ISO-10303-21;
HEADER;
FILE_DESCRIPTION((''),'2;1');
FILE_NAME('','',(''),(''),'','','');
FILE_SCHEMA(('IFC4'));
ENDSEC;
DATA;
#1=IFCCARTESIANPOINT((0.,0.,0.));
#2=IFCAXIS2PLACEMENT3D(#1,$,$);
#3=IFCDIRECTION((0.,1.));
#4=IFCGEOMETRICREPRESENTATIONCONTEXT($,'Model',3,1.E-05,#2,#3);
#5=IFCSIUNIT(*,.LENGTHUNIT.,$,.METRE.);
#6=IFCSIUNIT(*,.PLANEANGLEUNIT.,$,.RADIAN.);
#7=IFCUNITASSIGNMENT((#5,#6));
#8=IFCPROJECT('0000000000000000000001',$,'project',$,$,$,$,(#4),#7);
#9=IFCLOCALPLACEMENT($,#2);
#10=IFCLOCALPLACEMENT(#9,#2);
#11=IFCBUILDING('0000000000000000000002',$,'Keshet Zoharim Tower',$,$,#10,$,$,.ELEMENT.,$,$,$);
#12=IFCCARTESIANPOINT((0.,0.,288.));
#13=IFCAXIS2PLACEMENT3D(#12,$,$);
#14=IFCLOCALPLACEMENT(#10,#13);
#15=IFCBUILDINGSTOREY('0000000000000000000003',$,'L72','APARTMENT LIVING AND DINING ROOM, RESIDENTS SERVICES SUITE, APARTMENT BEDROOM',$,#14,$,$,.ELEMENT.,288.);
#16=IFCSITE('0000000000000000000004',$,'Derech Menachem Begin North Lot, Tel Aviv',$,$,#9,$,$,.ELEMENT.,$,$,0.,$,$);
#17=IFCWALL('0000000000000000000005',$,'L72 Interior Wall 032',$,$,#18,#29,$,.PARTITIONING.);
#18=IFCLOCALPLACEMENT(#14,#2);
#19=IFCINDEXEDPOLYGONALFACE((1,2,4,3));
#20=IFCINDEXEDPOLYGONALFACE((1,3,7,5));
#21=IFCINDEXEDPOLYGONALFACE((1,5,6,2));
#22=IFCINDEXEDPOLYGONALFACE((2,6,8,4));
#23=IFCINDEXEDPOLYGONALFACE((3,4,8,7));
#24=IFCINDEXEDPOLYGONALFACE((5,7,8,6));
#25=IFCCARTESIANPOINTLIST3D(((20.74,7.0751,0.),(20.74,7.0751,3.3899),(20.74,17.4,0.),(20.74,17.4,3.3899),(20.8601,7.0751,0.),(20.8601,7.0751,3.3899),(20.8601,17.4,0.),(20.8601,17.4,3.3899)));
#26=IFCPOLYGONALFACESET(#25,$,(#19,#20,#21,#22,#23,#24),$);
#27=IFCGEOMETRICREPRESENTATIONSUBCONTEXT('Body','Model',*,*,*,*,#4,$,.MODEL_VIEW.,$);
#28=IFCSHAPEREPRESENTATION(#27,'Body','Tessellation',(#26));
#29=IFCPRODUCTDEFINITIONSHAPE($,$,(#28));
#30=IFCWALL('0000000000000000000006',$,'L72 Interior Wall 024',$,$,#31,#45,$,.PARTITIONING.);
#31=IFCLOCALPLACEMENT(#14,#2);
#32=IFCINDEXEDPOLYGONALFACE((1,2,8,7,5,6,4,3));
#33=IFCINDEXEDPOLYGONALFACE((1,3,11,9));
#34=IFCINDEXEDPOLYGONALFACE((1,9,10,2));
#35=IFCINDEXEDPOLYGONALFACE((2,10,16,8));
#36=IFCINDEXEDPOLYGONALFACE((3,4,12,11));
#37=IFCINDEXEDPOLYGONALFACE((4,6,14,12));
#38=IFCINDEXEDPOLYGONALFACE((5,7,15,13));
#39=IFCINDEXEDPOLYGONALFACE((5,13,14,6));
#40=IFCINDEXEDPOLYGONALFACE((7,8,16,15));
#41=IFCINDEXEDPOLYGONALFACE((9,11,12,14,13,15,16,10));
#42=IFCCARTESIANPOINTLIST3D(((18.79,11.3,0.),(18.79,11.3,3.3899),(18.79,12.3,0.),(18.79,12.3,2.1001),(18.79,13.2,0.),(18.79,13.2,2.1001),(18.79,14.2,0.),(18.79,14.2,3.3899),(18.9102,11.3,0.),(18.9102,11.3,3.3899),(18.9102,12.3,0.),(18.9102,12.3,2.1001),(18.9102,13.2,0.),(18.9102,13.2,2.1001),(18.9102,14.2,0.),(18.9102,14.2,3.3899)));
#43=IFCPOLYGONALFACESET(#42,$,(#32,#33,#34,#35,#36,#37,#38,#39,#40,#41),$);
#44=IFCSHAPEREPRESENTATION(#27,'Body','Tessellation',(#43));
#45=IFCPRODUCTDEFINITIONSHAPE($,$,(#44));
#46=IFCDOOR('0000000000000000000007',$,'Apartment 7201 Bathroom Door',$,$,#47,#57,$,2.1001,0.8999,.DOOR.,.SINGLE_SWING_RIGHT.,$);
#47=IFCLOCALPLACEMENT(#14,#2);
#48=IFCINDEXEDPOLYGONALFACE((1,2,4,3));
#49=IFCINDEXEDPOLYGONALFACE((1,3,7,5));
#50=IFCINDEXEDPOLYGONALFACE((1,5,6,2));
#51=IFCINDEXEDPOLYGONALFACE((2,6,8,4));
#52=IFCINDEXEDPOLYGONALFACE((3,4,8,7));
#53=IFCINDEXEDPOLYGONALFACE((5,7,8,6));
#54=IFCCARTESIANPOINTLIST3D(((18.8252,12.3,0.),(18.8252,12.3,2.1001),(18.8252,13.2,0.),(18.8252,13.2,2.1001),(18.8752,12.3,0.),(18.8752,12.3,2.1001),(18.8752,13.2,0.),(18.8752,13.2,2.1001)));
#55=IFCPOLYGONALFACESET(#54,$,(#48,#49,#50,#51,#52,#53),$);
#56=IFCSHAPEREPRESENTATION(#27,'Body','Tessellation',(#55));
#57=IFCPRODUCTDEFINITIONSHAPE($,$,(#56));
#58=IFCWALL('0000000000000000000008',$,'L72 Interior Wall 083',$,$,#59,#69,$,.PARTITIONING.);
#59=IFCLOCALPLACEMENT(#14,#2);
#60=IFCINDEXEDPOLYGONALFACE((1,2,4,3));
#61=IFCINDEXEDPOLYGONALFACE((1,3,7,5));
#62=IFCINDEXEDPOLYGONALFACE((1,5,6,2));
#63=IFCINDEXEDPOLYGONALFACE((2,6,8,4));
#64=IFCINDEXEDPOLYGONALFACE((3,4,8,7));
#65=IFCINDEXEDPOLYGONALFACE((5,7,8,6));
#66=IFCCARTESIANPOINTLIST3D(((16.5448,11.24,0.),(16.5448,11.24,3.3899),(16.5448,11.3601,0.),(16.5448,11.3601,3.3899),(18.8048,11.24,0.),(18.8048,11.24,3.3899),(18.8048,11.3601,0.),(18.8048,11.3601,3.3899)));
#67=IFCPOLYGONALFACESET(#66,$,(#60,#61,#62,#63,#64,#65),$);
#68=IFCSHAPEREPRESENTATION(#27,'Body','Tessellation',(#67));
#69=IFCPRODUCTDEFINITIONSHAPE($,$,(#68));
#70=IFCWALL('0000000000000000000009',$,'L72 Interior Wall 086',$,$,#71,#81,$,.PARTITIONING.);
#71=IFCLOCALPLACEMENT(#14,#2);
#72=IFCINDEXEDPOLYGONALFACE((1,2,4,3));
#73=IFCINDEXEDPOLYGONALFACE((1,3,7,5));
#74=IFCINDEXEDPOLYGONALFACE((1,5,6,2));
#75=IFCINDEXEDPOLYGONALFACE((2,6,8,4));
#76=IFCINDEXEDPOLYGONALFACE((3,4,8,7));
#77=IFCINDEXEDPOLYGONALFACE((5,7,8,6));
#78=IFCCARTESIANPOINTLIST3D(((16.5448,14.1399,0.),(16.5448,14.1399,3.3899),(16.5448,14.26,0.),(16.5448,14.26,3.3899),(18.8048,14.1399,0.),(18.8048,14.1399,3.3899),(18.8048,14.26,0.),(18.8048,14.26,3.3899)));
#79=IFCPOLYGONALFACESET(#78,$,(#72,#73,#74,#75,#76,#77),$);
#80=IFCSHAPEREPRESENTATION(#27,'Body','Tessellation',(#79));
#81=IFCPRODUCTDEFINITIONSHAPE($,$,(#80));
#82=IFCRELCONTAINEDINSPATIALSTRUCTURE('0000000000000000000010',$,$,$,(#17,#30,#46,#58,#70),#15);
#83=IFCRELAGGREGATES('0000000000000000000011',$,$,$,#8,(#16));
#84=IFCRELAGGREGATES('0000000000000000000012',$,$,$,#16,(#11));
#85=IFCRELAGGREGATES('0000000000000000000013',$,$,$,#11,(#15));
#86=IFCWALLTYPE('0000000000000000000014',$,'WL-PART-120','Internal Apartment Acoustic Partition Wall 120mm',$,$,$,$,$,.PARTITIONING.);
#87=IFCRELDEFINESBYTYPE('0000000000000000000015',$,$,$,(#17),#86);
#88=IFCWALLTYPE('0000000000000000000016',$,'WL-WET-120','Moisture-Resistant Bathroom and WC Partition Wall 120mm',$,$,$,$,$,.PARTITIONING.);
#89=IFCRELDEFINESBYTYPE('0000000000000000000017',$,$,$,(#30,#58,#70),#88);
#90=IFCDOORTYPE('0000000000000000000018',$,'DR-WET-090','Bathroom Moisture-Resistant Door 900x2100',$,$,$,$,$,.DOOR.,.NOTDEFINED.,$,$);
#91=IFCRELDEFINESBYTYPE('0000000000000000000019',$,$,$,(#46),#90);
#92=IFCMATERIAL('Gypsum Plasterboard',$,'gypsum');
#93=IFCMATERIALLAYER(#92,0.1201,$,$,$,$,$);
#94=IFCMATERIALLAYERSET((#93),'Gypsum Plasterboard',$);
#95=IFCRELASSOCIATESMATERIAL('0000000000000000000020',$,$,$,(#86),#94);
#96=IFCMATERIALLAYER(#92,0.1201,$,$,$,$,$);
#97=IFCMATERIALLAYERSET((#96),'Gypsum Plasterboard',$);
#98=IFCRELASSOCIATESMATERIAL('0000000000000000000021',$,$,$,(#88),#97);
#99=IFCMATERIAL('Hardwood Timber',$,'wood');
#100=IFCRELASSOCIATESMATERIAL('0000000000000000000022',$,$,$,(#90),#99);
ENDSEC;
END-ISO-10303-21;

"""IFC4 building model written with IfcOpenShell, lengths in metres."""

from ifc_helpers import new_model, si_unit, direction, frame, frame_2d, origin, place, context, subcontext, project, spatial, rectangle, extrude, material, layer, layer_set, type_object, element, fill, save


model = new_model("IFC4")

# Units and contexts
model_context = context("Model", 3, precision=1e-05, world=origin(), true_north=direction((0.0, 1.0)))
body_context = subcontext(model_context, "Body", "Model", "MODEL_VIEW")
ifc_project = project(units=[si_unit("LENGTHUNIT", "METRE"), si_unit("PLANEANGLEUNIT", "RADIAN")], contexts=[model_context])

# Site, building, storey
site_placement = place(None, origin())
site = spatial("IfcSite", under=ifc_project, at=site_placement, Name="Derech Menachem Begin North Lot, Tel Aviv", CompositionType="ELEMENT", RefElevation=0.0)
building_placement = place(site_placement, origin())
building = spatial("IfcBuilding", under=site, at=building_placement, Name="Keshet Zoharim Tower", CompositionType="ELEMENT")
storey_placement = place(building_placement, frame((0.0, 0.0, 288.0)))
storey = spatial("IfcBuildingStorey", under=building, at=storey_placement, Name="L72", Description="APARTMENT LIVING AND DINING ROOM, RESIDENTS SERVICES SUITE, APARTMENT BEDROOM", CompositionType="ELEMENT", Elevation=288.0)

# Shared definitions
ifc_material_1 = material(Name="Gypsum Plasterboard", Category="gypsum")
ifc_material_2 = material(Name="Hardwood Timber", Category="wood")

# Shared definitions
ifc_layer_1 = layer(ifc_material_1, 0.1201)
ifc_layer_set_1 = layer_set([ifc_layer_1], Name="Gypsum Plasterboard")
wall_type_1 = type_object("IfcWallType", Name="WL-PART-120", Description="Internal Apartment Acoustic Partition Wall 120mm", PredefinedType="PARTITIONING", material=ifc_layer_set_1)

# Wall
wall_1_placement = place(storey_placement, frame((20.8, 7.075, 0.0), z_axis=(0.0, 0.0, 1.0), x_axis=(0.0, 1.0, 0.0)))
element("IfcWall", 1, at=wall_1_placement, inside=storey, type_object=wall_type_1, Name="L72 Interior Wall 032", PredefinedType="PARTITIONING", context=body_context, shape_type="SweptSolid", body=[
    extrude(rectangle(XDim=10.325, YDim=0.1201, at=frame_2d((5.1626, 0.0))), origin(), (0.0, 0.0, 1.0), 3.3899),
])

# Wall, opening, door
ifc_layer_2 = layer(ifc_material_1, 0.1201)
ifc_layer_set_2 = layer_set([ifc_layer_2], Name="Gypsum Plasterboard")
wall_type_2 = type_object("IfcWallType", Name="WL-WET-120", Description="Moisture-Resistant Bathroom and WC Partition Wall 120mm", PredefinedType="PARTITIONING", material=ifc_layer_set_2)
wall_2_placement = place(storey_placement, frame((18.8501, 11.3, 0.0), z_axis=(0.0, 0.0, 1.0), x_axis=(0.0, 1.0, 0.0)))
wall_2 = element("IfcWall", 2, at=wall_2_placement, inside=storey, type_object=wall_type_2, Name="L72 Interior Wall 024", PredefinedType="PARTITIONING", context=body_context, shape_type="SweptSolid", body=[
    extrude(rectangle(XDim=2.8999, YDim=0.1201, at=frame_2d((1.45, 0.0))), origin(), (0.0, 0.0, 1.0), 3.3899),
])
opening_1_placement = place(wall_2_placement, frame((1.0, 0.0, 0.0)))
opening_1 = element("IfcOpeningElement", 3, at=opening_1_placement, cuts=wall_2, PredefinedType="OPENING", context=body_context, shape_type="SweptSolid", body=[
    extrude(rectangle(XDim=0.8999, YDim=2.1001, at=frame_2d((0.45, 1.05))), frame((0.0, 0.0701, 0.0), z_axis=(0.0, -1.0, 0.0), x_axis=(1.0, 0.0, 0.0)), (0.0, 0.0, 1.0), 0.1401),
])
door_type_1 = type_object("IfcDoorType", Name="DR-WET-090", Description="Bathroom Moisture-Resistant Door 900x2100", OperationType="NOTDEFINED", PredefinedType="DOOR", material=ifc_material_2)
door_1_placement = place(opening_1_placement, origin())
door_1 = element("IfcDoor", 4, at=door_1_placement, inside=storey, type_object=door_type_1, Name="Apartment 7201 Bathroom Door", OperationType="SINGLE_SWING_RIGHT", OverallHeight=2.1001, OverallWidth=0.8999, PredefinedType="DOOR", context=body_context, shape_type="SweptSolid", body=[
    extrude(rectangle(XDim=0.8999, YDim=2.1001, at=frame_2d((0.45, 1.05))), frame((0.0, 0.0249, 0.0), z_axis=(0.0, -1.0, 0.0), x_axis=(1.0, 0.0, 0.0)), (0.0, 0.0, 1.0), 0.05),
])
fill(opening_1, door_1)

# Walls
for number, where, z_axis, x_axis, name in (
    (5, (16.5449, 11.3, 0.0), (0.0, 0.0, 1.0), (1.0, 0.0, 0.0), "L72 Interior Wall 083"),
    (6, (16.5449, 14.2, 0.0), (0.0, 0.0, 1.0), (1.0, 0.0, 0.0), "L72 Interior Wall 086"),
):
    element("IfcWall", number, at=place(storey_placement, frame(where, z_axis=z_axis, x_axis=x_axis)), inside=storey, type_object=wall_type_2, Name=name, PredefinedType="PARTITIONING", context=body_context, shape_type="SweptSolid", body=[
        extrude(rectangle(XDim=2.26, YDim=0.1201, at=frame_2d((1.1299, 0.0))), origin(), (0.0, 0.0, 1.0), 3.3899),
    ])

save(model, "model.ifc")
